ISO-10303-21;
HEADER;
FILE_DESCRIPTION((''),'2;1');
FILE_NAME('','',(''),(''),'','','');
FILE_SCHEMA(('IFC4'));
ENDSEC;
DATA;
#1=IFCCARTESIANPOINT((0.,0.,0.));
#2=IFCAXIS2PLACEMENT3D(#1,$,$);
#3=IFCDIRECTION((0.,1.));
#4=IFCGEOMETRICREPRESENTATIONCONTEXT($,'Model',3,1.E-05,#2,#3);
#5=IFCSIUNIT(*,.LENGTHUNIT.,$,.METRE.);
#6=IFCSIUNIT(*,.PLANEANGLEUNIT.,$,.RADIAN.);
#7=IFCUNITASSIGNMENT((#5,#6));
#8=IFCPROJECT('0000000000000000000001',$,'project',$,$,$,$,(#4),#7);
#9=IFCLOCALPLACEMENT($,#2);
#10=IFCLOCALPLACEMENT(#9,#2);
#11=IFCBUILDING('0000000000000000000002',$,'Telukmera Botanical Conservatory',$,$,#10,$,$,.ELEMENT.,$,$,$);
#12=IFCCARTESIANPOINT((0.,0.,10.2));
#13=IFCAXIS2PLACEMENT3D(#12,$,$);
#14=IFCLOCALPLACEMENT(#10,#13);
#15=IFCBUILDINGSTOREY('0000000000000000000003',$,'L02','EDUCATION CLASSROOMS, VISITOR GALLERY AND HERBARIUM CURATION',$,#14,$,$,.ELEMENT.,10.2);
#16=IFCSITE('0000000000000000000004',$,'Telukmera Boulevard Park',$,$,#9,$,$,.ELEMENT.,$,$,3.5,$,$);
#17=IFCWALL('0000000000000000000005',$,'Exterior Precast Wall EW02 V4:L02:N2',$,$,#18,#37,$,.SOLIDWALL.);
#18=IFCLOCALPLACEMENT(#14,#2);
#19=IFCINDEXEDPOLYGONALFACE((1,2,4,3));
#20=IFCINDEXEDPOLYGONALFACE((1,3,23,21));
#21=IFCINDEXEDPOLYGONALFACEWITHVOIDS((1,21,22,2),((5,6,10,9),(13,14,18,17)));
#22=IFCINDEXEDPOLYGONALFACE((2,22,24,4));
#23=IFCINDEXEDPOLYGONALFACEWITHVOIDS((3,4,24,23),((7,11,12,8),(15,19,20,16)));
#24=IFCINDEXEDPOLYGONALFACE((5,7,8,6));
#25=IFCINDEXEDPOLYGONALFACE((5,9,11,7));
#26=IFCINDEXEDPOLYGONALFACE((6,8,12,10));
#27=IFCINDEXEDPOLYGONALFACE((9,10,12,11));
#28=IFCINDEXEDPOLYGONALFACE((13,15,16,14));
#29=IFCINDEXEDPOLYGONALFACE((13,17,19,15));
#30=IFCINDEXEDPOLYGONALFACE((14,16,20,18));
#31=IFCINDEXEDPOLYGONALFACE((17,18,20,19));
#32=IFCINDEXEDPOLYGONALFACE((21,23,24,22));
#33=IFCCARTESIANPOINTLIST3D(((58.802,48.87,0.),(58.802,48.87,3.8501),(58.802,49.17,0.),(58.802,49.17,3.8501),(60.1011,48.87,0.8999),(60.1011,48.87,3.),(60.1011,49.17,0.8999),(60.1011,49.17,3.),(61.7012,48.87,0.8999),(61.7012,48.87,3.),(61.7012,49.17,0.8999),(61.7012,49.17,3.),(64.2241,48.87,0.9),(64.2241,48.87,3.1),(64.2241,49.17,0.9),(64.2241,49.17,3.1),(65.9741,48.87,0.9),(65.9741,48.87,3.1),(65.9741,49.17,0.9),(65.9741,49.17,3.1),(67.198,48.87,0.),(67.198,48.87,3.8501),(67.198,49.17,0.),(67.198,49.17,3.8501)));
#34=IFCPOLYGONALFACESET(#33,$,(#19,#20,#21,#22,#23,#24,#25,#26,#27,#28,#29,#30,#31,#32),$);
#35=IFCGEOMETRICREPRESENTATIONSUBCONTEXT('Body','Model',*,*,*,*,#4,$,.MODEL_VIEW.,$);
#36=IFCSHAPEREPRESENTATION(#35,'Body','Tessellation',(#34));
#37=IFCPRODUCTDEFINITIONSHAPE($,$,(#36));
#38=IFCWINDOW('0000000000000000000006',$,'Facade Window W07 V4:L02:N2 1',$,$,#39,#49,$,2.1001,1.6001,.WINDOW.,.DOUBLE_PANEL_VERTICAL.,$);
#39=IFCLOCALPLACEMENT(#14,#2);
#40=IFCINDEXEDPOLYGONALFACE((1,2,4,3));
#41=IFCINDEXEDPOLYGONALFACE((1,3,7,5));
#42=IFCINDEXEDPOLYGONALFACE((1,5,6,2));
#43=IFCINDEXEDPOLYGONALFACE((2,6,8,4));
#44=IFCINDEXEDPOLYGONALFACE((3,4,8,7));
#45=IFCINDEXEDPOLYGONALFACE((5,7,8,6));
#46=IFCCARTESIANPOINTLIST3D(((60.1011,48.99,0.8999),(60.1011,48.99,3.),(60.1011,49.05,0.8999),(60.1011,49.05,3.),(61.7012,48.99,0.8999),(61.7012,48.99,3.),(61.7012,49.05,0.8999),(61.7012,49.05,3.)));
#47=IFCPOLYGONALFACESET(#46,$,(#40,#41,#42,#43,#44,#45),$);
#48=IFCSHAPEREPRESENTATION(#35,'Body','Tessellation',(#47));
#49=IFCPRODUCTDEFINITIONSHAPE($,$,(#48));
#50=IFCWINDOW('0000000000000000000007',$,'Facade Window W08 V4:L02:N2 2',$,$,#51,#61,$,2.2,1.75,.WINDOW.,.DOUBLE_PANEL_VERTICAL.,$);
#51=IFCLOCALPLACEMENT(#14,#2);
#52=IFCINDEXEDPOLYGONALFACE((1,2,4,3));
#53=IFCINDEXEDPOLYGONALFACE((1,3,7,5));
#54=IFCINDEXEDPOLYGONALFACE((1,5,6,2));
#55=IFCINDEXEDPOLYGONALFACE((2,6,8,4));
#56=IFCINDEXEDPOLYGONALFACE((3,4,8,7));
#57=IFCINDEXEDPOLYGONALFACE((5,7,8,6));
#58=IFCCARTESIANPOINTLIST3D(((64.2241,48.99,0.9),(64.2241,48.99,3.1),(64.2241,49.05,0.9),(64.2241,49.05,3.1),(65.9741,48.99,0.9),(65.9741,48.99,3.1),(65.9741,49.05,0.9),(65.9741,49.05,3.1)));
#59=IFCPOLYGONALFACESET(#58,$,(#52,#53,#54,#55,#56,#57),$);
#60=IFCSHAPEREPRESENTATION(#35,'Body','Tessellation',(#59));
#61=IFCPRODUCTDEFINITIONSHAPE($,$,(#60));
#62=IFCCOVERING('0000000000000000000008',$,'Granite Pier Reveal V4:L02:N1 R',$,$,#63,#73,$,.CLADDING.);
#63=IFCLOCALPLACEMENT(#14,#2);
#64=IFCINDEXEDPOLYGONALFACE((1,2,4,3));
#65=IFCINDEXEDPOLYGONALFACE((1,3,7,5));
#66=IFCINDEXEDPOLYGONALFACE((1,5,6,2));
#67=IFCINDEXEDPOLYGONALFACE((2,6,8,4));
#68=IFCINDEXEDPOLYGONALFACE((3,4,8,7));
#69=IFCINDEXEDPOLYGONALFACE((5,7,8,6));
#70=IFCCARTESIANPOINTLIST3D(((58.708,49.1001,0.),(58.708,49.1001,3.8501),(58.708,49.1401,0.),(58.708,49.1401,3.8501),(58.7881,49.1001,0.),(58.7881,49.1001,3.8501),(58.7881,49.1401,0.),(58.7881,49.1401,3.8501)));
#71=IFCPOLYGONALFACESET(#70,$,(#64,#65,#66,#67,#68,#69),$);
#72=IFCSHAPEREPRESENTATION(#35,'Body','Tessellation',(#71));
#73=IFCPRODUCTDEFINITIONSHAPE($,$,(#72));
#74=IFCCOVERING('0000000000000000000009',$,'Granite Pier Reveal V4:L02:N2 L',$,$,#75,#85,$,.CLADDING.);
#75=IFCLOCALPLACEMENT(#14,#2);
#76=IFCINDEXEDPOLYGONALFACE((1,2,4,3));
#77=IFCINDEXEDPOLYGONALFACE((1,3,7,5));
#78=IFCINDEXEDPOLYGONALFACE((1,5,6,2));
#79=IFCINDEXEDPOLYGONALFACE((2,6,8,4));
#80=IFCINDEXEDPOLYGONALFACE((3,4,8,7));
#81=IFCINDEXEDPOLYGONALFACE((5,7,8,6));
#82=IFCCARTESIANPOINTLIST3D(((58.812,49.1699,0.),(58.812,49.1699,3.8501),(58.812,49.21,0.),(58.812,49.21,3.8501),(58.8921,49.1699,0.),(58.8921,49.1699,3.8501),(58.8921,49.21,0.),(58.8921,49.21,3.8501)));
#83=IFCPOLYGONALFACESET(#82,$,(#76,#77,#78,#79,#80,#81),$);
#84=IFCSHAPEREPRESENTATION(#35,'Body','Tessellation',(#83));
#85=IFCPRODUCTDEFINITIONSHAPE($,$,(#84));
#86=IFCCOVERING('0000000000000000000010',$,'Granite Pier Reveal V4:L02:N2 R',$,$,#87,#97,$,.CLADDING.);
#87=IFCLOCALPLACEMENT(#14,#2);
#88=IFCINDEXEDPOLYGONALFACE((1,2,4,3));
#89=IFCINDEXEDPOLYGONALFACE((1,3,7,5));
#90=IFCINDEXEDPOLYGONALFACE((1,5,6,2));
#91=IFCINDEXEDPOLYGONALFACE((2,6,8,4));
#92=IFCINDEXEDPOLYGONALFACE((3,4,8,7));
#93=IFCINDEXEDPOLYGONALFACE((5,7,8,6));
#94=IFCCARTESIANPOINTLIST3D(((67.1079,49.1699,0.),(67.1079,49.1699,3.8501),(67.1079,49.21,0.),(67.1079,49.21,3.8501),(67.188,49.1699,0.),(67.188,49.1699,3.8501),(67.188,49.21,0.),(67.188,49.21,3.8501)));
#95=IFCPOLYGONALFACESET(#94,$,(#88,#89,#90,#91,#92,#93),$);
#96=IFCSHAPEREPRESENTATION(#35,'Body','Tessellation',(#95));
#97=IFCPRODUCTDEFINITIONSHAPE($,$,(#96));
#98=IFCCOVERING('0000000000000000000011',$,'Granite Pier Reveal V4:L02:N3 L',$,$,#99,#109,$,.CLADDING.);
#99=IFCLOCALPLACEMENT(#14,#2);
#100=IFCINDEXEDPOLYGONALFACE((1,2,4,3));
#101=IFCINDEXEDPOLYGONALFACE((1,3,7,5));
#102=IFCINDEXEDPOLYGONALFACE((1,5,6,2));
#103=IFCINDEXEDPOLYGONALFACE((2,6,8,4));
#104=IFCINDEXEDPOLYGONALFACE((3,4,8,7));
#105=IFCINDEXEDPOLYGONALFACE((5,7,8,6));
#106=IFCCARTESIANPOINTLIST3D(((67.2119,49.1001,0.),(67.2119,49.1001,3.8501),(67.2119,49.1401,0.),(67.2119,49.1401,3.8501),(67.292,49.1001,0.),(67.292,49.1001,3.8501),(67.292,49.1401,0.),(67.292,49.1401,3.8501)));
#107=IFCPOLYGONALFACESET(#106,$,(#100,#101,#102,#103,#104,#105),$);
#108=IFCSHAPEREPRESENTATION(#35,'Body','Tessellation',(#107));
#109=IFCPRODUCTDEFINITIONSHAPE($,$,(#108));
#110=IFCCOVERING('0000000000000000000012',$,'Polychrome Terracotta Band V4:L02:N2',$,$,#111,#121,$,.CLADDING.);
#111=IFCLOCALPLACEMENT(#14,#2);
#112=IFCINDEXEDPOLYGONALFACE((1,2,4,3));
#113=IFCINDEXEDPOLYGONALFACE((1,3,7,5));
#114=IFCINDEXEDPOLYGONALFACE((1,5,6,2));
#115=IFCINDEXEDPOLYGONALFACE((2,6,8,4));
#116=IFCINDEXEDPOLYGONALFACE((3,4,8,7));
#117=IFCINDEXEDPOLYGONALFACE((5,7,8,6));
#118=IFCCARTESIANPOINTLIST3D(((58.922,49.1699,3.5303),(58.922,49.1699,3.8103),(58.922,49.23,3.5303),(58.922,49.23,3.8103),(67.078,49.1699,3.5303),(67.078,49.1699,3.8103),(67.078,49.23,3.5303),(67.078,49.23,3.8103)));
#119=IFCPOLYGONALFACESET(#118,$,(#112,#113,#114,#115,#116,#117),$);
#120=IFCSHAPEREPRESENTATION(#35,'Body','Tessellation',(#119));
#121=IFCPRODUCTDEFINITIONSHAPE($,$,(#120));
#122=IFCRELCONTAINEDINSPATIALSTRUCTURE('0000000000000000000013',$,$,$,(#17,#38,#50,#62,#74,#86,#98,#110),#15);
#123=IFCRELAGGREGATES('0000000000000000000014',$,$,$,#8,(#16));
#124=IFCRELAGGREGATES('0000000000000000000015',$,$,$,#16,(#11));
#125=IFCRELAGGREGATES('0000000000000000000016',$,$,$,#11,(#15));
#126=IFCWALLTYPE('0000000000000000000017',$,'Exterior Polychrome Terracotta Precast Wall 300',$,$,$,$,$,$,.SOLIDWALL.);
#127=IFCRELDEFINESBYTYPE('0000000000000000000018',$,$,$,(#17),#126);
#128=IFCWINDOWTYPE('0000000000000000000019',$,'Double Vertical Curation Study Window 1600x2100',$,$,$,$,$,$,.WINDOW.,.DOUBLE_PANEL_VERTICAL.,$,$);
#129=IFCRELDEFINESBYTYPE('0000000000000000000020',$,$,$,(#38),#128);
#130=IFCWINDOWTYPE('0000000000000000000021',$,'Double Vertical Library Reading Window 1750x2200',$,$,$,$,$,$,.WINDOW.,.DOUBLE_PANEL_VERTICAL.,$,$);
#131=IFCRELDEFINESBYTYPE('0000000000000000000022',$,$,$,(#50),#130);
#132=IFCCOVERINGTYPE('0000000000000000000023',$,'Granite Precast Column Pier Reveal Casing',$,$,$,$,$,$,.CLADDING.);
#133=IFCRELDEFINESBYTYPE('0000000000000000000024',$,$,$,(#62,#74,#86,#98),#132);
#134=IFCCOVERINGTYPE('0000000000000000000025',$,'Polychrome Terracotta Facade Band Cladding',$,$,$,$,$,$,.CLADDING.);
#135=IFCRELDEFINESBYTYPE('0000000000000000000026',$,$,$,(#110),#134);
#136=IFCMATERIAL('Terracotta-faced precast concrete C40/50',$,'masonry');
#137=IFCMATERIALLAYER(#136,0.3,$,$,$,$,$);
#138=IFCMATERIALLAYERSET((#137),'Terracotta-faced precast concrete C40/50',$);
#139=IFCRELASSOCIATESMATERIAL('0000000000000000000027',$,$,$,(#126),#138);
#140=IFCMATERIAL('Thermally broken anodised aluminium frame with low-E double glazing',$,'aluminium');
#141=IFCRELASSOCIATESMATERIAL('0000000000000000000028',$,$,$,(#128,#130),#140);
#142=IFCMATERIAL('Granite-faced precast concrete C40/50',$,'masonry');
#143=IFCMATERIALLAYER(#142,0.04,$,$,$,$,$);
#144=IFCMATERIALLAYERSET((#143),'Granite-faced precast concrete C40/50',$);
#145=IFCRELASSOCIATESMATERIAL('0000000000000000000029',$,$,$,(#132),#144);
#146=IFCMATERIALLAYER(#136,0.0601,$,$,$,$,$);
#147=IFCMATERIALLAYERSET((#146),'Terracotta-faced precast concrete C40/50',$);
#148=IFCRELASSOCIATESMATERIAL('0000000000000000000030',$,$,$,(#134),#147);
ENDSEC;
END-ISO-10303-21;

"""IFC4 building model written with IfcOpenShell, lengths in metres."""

from ifc_helpers import new_model, si_unit, direction, frame, frame_2d, origin, origin_2d, place, context, subcontext, project, spatial, rectangle, extrude, material, layer, layer_set, type_object, element, fill, save


model = new_model("IFC4")

# Units and contexts
model_context = context("Model", 3, precision=1e-05, world=origin(), true_north=direction((0.0, 1.0)))
body_context = subcontext(model_context, "Body", "Model", "MODEL_VIEW")
ifc_project = project(units=[si_unit("LENGTHUNIT", "METRE"), si_unit("PLANEANGLEUNIT", "RADIAN")], contexts=[model_context])

# Site, building, storey
site_placement = place(None, origin())
site = spatial("IfcSite", under=ifc_project, at=site_placement, Name="Telukmera Boulevard Park", CompositionType="ELEMENT", RefElevation=3.5)
building_placement = place(site_placement, origin())
building = spatial("IfcBuilding", under=site, at=building_placement, Name="Telukmera Botanical Conservatory", CompositionType="ELEMENT")
storey_placement = place(building_placement, frame((0.0, 0.0, 10.2)))
storey = spatial("IfcBuildingStorey", under=building, at=storey_placement, Name="L02", Description="EDUCATION CLASSROOMS, VISITOR GALLERY AND HERBARIUM CURATION", CompositionType="ELEMENT", Elevation=10.2)

# Wall, openings, windows
ifc_material_1 = material(Name="Terracotta-faced precast concrete C40/50", Category="masonry")
ifc_layer_1 = layer(ifc_material_1, 0.3)
ifc_layer_set_1 = layer_set([ifc_layer_1], Name="Terracotta-faced precast concrete C40/50")
wall_type = type_object("IfcWallType", Name="Exterior Polychrome Terracotta Precast Wall 300", PredefinedType="SOLIDWALL", material=ifc_layer_set_1)
wall_placement = place(storey_placement, frame((58.802, 49.02, 0.0), z_axis=(0.0, 0.0, 1.0), x_axis=(1.0, 0.0, 0.0)))
wall = element("IfcWall", 1, at=wall_placement, inside=storey, type_object=wall_type, Name="Exterior Precast Wall EW02 V4:L02:N2", PredefinedType="SOLIDWALL", context=body_context, shape_type="SweptSolid", body=[
    extrude(rectangle(XDim=8.396, YDim=0.3, at=frame_2d((4.198, 0.0))), origin(), (0.0, 0.0, 1.0), 3.8501),
])
opening_1_placement = place(wall_placement, frame((1.2991, 0.0, 0.8999)))
opening_1 = element("IfcOpeningElement", 2, at=opening_1_placement, cuts=wall, PredefinedType="OPENING", context=body_context, shape_type="SweptSolid", body=[
    extrude(rectangle(XDim=1.6001, YDim=2.1001, at=frame_2d((0.8, 1.05))), frame((0.0, 0.1599, 0.0), z_axis=(0.0, -1.0, 0.0), x_axis=(1.0, 0.0, 0.0)), (0.0, 0.0, 1.0), 0.3201),
])
opening_2_placement = place(wall_placement, frame((5.4221, 0.0, 0.8999)))
opening_2 = element("IfcOpeningElement", 3, at=opening_2_placement, cuts=wall, PredefinedType="OPENING", context=body_context, shape_type="SweptSolid", body=[
    extrude(rectangle(XDim=1.75, YDim=2.2, at=frame_2d((0.875, 1.1001))), frame((0.0, 0.1599, 0.0), z_axis=(0.0, -1.0, 0.0), x_axis=(1.0, 0.0, 0.0)), (0.0, 0.0, 1.0), 0.3201),
])
ifc_material_2 = material(Name="Thermally broken anodised aluminium frame with low-E double glazing", Category="aluminium")
window_type_1 = type_object("IfcWindowType", Name="Double Vertical Curation Study Window 1600x2100", PartitioningType="DOUBLE_PANEL_VERTICAL", PredefinedType="WINDOW", material=ifc_material_2)
window_1_placement = place(opening_1_placement, origin())
window_1 = element("IfcWindow", 4, at=window_1_placement, inside=storey, type_object=window_type_1, Name="Facade Window W07 V4:L02:N2 1", OverallHeight=2.1001, OverallWidth=1.6001, PartitioningType="DOUBLE_PANEL_VERTICAL", PredefinedType="WINDOW", context=body_context, shape_type="SweptSolid", body=[
    extrude(rectangle(XDim=1.6001, YDim=2.1001, at=frame_2d((0.8, 1.05))), frame((0.0, 0.03, 0.0), z_axis=(0.0, -1.0, 0.0), x_axis=(1.0, 0.0, 0.0)), (0.0, 0.0, 1.0), 0.0601),
])
fill(opening_1, window_1)
window_type_2 = type_object("IfcWindowType", Name="Double Vertical Library Reading Window 1750x2200", PartitioningType="DOUBLE_PANEL_VERTICAL", PredefinedType="WINDOW", material=ifc_material_2)
window_2_placement = place(opening_2_placement, origin())
window_2 = element("IfcWindow", 5, at=window_2_placement, inside=storey, type_object=window_type_2, Name="Facade Window W08 V4:L02:N2 2", OverallHeight=2.2, OverallWidth=1.75, PartitioningType="DOUBLE_PANEL_VERTICAL", PredefinedType="WINDOW", context=body_context, shape_type="SweptSolid", body=[
    extrude(rectangle(XDim=1.75, YDim=2.2, at=frame_2d((0.875, 1.1001))), frame((0.0, 0.03, 0.0), z_axis=(0.0, -1.0, 0.0), x_axis=(1.0, 0.0, 0.0)), (0.0, 0.0, 1.0), 0.0601),
])
fill(opening_2, window_2)

# Coverings
ifc_material_3 = material(Name="Granite-faced precast concrete C40/50", Category="masonry")
ifc_layer_2 = layer(ifc_material_3, 0.04)
ifc_layer_set_2 = layer_set([ifc_layer_2], Name="Granite-faced precast concrete C40/50")
covering_type_1 = type_object("IfcCoveringType", Name="Granite Precast Column Pier Reveal Casing", PredefinedType="CLADDING", material=ifc_layer_set_2)
for number, where, z_axis, x_axis, name in (
    (6, (58.748, 49.1201, 0.0), (0.0, 0.0, 1.0), (1.0, 0.0, 0.0), "Granite Pier Reveal V4:L02:N1 R"),
    (7, (58.8521, 49.1899, 0.0), (0.0, 0.0, 1.0), (1.0, 0.0, 0.0), "Granite Pier Reveal V4:L02:N2 L"),
    (8, (67.1479, 49.1899, 0.0), (0.0, 0.0, 1.0), (1.0, 0.0, 0.0), "Granite Pier Reveal V4:L02:N2 R"),
    (9, (67.252, 49.1201, 0.0), (0.0, 0.0, 1.0), (1.0, 0.0, 0.0), "Granite Pier Reveal V4:L02:N3 L"),
):
    element("IfcCovering", number, at=place(storey_placement, frame(where, z_axis=z_axis, x_axis=x_axis)), inside=storey, type_object=covering_type_1, Name=name, PredefinedType="CLADDING", context=body_context, shape_type="SweptSolid", body=[
        extrude(rectangle(XDim=0.0801, YDim=0.04, at=origin_2d()), origin(), (0.0, 0.0, 1.0), 3.8501),
    ])
ifc_layer_3 = layer(ifc_material_1, 0.0601)
ifc_layer_set_3 = layer_set([ifc_layer_3], Name="Terracotta-faced precast concrete C40/50")
covering_type_2 = type_object("IfcCoveringType", Name="Polychrome Terracotta Facade Band Cladding", PredefinedType="CLADDING", material=ifc_layer_set_3)
covering_placement = place(storey_placement, frame((63.0, 49.2, 3.5303), z_axis=(0.0, 0.0, 1.0), x_axis=(1.0, 0.0, 0.0)))
element("IfcCovering", 10, at=covering_placement, inside=storey, type_object=covering_type_2, Name="Polychrome Terracotta Band V4:L02:N2", PredefinedType="CLADDING", context=body_context, shape_type="SweptSolid", body=[
    extrude(rectangle(XDim=8.156, YDim=0.0601, at=origin_2d()), origin(), (0.0, 0.0, 1.0), 0.28),
])

save(model, "model.ifc")
